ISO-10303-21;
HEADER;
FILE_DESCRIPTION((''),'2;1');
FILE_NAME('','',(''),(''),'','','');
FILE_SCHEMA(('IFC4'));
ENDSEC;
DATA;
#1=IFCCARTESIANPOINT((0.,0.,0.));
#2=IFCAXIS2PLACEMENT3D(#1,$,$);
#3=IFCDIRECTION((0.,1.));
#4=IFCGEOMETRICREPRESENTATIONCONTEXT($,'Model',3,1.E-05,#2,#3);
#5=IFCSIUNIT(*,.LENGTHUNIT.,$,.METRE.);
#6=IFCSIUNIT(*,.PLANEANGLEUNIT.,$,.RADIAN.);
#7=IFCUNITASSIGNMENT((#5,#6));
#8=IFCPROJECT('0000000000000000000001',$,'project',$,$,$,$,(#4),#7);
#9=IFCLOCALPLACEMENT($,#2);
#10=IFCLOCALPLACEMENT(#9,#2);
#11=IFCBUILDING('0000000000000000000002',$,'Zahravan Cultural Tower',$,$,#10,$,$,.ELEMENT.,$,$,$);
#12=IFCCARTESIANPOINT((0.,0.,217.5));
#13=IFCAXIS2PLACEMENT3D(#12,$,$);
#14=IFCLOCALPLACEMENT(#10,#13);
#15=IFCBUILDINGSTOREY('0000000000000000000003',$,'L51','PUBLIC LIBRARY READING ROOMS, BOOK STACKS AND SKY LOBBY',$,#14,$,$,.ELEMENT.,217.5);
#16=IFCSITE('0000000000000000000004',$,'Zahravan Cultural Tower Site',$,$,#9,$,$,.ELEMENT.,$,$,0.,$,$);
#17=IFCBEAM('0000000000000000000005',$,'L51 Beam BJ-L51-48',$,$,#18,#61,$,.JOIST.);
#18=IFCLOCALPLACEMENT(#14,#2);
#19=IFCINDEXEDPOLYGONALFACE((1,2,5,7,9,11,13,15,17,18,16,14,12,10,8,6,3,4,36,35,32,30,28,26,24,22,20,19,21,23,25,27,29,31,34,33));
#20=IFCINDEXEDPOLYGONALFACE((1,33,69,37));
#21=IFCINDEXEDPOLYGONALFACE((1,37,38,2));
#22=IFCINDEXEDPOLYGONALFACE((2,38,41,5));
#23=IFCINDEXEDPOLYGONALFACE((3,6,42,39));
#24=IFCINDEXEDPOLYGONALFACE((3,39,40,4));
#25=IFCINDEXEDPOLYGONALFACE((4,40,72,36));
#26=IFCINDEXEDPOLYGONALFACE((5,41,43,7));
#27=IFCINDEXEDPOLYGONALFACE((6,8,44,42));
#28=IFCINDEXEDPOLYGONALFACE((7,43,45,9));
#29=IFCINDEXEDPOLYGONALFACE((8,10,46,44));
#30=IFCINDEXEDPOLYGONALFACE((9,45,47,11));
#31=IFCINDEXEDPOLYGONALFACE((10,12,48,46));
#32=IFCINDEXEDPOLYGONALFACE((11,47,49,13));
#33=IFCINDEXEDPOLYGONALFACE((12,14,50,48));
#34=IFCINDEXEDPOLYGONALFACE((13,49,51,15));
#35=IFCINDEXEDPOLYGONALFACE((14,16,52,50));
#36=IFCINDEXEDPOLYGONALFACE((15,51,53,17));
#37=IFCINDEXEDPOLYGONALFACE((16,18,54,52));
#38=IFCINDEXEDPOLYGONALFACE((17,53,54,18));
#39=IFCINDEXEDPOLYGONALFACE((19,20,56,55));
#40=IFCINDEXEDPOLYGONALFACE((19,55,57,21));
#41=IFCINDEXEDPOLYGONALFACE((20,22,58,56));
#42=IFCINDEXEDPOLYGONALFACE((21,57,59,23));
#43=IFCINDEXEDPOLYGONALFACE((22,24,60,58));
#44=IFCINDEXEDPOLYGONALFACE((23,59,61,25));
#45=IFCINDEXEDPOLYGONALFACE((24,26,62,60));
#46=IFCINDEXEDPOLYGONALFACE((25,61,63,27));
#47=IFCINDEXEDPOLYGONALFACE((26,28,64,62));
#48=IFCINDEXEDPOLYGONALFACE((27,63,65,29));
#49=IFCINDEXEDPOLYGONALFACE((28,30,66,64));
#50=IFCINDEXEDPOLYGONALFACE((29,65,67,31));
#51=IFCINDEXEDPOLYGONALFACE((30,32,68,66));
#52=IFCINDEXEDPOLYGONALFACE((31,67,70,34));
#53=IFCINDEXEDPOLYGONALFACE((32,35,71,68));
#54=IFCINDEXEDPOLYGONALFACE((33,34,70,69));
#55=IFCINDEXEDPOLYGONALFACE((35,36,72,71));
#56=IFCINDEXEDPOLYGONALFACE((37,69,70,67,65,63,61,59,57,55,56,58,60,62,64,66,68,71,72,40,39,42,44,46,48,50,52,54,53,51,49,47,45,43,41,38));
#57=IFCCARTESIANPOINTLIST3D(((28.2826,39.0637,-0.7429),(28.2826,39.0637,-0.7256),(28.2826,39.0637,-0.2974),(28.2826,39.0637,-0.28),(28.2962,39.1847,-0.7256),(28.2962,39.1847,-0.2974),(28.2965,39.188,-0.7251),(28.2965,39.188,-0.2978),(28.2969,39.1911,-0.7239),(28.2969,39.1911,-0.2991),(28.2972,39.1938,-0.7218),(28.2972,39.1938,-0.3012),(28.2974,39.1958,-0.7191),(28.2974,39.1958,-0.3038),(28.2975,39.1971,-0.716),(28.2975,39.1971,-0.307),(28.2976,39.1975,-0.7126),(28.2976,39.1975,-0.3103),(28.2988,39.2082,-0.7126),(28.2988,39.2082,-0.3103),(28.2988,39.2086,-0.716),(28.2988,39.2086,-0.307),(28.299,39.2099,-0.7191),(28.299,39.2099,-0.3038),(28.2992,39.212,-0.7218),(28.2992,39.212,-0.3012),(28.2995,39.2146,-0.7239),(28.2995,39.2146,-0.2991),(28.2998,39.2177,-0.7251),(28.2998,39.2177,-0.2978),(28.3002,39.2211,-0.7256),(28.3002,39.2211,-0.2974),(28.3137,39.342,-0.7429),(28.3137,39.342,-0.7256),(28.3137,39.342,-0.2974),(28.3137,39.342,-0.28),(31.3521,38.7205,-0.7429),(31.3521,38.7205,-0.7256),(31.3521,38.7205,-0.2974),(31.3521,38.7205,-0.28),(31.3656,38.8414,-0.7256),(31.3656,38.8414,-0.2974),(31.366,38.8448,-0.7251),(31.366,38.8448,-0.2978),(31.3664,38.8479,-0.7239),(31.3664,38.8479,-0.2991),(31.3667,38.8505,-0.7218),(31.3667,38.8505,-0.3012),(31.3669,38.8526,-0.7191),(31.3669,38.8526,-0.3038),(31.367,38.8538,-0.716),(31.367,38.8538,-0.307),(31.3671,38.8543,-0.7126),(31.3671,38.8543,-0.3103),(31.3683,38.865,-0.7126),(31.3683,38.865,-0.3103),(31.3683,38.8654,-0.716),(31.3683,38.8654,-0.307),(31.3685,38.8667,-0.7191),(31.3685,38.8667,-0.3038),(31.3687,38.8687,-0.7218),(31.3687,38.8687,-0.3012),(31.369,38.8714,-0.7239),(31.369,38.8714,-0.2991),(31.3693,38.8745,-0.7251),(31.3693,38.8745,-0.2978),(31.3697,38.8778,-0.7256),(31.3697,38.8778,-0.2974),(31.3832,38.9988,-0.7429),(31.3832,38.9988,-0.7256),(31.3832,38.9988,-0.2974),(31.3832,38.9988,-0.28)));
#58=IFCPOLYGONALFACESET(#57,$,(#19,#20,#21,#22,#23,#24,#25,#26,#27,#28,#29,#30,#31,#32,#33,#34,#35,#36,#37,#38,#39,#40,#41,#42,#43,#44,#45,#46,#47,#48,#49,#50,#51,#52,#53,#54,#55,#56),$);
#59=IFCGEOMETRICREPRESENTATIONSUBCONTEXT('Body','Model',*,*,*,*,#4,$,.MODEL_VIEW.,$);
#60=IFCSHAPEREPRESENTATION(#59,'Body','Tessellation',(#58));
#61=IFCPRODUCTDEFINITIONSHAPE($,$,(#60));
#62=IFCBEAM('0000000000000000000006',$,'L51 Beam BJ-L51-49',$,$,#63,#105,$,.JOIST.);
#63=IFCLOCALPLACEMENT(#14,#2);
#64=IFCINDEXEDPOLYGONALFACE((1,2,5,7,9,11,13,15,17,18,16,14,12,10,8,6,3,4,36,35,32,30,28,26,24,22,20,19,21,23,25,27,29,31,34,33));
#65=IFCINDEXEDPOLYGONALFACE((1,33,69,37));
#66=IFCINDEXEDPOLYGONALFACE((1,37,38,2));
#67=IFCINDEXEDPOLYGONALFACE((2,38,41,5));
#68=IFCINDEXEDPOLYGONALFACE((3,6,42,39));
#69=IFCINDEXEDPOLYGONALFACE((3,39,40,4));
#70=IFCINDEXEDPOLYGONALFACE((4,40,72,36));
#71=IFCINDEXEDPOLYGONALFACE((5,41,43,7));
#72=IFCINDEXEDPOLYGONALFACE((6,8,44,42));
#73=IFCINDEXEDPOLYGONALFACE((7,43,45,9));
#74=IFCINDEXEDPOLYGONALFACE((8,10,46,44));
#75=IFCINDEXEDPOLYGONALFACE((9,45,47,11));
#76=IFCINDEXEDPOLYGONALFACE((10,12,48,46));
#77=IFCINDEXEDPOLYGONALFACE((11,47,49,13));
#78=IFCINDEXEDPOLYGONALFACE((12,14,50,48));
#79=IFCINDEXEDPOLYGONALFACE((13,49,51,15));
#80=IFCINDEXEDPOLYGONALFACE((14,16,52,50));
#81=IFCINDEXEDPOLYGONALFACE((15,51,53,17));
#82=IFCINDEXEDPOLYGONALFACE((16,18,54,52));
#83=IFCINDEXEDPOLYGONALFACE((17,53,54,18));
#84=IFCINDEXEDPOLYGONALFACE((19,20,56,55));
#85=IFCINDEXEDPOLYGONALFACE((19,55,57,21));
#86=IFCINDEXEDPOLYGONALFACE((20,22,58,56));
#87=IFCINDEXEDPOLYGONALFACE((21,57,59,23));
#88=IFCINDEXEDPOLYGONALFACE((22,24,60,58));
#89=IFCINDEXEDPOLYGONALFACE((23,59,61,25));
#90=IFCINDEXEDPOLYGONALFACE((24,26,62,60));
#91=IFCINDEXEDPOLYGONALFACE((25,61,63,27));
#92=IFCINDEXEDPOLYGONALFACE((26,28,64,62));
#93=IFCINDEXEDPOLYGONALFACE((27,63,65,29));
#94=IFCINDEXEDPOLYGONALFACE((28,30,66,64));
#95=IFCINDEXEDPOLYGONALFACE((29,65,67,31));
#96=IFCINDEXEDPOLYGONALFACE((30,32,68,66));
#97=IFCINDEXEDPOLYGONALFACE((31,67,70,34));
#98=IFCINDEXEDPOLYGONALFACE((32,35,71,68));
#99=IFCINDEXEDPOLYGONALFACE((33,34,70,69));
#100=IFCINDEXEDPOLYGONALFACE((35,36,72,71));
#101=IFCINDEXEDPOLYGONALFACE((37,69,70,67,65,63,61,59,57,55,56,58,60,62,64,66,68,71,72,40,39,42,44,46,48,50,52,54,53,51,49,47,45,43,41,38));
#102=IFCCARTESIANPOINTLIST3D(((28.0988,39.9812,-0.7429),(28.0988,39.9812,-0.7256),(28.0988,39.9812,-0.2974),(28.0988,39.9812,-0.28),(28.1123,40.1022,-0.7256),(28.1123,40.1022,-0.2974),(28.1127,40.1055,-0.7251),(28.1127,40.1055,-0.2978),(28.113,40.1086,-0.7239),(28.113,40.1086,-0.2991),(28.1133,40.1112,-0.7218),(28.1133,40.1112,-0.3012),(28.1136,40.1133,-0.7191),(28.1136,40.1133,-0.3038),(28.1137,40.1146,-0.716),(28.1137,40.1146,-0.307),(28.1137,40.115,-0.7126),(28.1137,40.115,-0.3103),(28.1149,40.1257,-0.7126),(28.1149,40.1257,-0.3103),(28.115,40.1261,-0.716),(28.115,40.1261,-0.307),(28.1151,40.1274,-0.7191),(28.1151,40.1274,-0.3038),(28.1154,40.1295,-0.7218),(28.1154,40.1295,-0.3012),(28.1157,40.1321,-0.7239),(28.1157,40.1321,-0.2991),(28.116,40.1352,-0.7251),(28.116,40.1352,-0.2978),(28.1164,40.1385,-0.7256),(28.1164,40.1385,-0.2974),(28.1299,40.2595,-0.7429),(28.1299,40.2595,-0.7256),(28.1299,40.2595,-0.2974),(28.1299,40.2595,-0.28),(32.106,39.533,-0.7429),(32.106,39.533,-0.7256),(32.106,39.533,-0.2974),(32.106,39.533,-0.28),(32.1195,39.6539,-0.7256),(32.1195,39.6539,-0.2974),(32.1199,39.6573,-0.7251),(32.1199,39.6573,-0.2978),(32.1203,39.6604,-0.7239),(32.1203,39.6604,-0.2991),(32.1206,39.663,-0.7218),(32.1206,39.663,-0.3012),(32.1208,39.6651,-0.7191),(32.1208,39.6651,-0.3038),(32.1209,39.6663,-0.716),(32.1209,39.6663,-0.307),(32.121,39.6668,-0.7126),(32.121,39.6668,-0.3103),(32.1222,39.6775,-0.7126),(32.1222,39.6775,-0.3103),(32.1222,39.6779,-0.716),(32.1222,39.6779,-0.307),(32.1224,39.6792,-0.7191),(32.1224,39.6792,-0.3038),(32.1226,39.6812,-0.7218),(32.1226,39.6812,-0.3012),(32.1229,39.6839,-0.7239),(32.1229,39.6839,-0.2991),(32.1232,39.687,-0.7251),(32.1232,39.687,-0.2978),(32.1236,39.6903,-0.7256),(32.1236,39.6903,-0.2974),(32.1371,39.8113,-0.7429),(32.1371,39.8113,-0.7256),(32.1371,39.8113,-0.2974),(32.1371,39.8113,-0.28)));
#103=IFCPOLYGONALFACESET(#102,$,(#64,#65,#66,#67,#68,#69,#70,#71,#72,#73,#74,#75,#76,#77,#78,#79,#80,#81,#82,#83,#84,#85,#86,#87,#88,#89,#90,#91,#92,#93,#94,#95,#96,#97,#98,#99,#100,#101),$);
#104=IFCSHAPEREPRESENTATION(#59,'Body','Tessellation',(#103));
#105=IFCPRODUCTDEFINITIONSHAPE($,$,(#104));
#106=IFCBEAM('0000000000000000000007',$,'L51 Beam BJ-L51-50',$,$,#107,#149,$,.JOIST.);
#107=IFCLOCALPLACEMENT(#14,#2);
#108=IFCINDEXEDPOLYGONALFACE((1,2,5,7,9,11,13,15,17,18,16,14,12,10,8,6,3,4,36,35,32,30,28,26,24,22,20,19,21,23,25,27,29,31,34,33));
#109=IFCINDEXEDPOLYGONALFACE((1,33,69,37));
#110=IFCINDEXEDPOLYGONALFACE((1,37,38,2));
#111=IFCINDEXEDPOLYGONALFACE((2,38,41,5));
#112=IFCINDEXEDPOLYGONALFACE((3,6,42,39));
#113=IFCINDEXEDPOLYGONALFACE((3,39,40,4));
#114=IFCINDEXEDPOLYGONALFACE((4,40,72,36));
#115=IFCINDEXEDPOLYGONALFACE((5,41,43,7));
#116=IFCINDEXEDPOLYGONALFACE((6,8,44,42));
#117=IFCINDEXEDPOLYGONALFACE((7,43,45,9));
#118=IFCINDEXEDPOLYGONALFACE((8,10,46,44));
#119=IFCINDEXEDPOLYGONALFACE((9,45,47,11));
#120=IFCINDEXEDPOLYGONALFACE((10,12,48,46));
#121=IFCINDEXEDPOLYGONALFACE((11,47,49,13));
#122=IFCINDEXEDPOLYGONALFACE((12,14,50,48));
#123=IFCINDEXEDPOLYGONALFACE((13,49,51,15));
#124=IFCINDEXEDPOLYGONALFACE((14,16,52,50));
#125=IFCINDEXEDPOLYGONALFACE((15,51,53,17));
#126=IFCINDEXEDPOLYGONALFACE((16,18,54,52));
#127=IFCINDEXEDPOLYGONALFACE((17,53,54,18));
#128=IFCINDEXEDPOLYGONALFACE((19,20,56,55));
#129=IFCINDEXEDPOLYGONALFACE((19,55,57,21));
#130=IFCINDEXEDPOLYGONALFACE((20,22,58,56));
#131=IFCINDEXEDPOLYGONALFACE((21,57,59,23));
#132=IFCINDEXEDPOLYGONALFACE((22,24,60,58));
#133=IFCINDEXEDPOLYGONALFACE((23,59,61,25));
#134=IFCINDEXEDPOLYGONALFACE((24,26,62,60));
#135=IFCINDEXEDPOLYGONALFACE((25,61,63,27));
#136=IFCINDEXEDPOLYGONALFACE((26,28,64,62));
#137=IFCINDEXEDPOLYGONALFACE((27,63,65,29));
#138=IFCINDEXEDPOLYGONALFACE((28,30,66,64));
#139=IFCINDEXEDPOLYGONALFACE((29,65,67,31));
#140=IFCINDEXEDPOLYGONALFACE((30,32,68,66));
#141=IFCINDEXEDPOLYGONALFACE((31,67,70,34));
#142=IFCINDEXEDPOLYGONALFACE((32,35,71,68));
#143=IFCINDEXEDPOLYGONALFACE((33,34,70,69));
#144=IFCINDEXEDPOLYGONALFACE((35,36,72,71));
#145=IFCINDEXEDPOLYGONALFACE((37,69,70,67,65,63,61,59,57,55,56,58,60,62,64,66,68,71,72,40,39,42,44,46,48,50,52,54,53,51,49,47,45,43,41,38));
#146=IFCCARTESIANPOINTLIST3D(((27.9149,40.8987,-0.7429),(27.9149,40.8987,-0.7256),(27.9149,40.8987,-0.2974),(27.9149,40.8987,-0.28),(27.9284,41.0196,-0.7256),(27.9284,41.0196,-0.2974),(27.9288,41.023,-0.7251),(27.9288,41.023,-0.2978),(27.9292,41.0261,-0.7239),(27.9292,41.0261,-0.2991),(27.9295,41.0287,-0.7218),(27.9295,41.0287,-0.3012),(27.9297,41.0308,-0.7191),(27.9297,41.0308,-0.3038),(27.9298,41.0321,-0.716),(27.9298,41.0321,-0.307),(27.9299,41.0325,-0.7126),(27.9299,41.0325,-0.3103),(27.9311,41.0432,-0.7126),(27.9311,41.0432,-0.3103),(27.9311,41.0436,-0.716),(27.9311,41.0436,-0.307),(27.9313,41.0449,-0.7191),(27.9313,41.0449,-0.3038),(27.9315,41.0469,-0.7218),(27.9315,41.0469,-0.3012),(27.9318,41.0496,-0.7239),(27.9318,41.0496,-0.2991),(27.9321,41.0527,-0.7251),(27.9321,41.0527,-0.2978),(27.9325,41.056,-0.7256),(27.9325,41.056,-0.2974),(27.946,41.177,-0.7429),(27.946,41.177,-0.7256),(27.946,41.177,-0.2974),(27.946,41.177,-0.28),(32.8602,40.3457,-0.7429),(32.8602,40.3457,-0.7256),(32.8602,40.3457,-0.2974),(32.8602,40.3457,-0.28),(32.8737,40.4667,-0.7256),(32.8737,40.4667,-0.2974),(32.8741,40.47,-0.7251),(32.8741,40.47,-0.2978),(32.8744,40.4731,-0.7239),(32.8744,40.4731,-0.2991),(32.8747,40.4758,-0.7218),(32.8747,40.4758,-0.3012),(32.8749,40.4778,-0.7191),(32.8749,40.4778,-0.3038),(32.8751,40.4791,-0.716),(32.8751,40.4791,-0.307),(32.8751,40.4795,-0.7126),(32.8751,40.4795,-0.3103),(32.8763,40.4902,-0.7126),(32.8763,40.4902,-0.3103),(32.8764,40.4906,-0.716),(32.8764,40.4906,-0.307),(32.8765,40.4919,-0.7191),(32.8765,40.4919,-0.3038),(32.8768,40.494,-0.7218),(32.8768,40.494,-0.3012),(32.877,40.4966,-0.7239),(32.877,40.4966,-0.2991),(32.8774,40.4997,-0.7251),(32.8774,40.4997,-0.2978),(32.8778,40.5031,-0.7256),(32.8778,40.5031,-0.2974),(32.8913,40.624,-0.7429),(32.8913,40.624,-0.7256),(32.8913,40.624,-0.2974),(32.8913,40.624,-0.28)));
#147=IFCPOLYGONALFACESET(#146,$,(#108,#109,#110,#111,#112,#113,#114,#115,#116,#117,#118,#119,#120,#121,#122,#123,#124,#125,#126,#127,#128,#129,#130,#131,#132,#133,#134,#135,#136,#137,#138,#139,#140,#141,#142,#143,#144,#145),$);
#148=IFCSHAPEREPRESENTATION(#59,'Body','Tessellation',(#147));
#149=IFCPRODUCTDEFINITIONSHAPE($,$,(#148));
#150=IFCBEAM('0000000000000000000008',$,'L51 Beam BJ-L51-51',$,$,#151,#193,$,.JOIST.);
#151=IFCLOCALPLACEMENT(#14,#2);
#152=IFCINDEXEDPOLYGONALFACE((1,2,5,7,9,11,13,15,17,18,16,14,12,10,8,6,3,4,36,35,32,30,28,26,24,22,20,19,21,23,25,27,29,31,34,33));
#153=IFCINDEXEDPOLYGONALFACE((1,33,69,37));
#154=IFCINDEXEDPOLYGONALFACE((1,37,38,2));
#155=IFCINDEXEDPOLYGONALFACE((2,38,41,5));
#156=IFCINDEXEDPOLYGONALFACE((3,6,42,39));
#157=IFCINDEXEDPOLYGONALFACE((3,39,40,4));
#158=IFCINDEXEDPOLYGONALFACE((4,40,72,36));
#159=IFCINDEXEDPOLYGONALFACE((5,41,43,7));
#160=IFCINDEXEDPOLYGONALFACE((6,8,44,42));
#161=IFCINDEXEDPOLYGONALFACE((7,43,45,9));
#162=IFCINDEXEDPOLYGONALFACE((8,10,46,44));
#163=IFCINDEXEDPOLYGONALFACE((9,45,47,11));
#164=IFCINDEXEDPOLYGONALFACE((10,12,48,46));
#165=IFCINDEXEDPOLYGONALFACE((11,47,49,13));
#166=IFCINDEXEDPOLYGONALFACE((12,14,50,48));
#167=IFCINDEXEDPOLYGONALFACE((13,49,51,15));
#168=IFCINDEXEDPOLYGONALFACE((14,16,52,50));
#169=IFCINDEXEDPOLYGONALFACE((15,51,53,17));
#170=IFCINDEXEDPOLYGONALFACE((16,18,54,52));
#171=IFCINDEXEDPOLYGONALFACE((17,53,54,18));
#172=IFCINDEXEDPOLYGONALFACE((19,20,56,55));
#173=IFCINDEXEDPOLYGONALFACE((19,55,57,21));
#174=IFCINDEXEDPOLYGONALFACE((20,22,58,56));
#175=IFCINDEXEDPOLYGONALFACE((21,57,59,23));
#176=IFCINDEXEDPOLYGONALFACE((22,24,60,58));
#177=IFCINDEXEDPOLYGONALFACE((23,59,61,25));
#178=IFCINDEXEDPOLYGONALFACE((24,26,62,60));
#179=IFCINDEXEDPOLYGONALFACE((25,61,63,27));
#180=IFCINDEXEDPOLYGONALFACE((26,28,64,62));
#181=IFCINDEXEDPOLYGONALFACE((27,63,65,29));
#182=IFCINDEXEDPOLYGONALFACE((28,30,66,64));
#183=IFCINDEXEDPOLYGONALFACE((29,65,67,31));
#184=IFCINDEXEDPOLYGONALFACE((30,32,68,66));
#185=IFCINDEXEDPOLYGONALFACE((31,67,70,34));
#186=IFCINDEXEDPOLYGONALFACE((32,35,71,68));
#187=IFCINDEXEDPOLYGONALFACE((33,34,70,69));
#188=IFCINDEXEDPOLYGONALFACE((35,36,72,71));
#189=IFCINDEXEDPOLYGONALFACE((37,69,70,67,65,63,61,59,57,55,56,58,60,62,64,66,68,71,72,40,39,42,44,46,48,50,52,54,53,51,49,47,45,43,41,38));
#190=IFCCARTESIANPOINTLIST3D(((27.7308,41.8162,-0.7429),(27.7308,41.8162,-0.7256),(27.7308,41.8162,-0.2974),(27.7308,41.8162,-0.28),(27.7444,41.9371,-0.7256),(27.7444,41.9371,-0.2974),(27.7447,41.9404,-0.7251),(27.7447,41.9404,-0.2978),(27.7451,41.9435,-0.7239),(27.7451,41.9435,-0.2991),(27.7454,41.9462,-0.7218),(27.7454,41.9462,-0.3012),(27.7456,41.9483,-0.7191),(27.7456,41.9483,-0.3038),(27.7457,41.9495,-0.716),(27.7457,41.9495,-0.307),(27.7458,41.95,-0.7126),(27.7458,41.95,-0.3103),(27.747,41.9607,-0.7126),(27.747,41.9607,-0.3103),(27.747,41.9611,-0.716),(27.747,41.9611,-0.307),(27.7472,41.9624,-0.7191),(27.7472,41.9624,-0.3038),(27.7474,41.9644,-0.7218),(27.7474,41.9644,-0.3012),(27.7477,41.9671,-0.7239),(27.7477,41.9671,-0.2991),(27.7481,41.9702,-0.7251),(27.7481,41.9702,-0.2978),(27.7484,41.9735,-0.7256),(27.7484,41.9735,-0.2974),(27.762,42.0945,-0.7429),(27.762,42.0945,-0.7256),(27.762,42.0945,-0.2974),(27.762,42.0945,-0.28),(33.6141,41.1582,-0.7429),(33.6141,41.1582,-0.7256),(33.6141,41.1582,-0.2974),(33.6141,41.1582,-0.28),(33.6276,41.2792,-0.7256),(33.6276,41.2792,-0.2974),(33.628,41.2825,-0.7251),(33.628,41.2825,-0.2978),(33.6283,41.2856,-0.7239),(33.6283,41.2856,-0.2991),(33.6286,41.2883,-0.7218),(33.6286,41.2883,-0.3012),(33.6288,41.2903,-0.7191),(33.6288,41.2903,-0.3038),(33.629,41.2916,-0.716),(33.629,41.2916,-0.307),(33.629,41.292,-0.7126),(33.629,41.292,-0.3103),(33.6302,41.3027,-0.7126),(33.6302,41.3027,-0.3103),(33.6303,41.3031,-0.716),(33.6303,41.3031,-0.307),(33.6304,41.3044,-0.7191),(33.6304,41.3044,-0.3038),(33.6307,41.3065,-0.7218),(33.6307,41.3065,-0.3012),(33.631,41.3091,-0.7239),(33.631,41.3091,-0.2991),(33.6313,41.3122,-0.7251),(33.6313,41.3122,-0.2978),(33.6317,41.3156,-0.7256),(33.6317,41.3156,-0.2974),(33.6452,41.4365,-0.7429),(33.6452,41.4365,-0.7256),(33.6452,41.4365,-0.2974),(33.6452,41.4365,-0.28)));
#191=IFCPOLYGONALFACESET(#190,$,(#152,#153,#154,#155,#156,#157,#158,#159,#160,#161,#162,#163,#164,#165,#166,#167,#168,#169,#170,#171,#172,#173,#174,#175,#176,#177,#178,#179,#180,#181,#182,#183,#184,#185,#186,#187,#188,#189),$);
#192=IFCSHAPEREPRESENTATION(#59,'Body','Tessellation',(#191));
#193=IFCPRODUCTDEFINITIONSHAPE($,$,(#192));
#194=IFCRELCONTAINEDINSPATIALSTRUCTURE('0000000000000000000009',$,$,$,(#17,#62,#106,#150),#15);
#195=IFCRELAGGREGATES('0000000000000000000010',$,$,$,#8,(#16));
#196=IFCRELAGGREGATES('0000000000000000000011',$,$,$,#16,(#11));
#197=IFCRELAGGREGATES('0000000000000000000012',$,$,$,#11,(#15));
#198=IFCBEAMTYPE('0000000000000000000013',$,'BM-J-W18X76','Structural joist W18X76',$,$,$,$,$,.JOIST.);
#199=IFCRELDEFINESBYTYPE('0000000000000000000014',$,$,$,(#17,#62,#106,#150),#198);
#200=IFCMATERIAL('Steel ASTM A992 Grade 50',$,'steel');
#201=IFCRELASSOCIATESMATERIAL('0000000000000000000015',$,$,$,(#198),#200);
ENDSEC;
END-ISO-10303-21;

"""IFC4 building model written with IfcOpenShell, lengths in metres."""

from ifc_helpers import new_model, si_unit, direction, frame, origin, origin_2d, place, context, subcontext, project, spatial, i_section, extrude, source, transform, mapped, material, material_profile, profile_set, type_object, element, save


model = new_model("IFC4")

# Units and contexts
model_context = context("Model", 3, precision=1e-05, world=origin(), true_north=direction((0.0, 1.0)))
body_context = subcontext(model_context, "Body", "Model", "MODEL_VIEW")
ifc_project = project(units=[si_unit("LENGTHUNIT", "METRE"), si_unit("PLANEANGLEUNIT", "RADIAN")], contexts=[model_context])

# Site, building, storey
site_placement = place(None, origin())
site = spatial("IfcSite", under=ifc_project, at=site_placement, Name="Zahravan Cultural Tower Site", CompositionType="ELEMENT", RefElevation=0.0)
building_placement = place(site_placement, origin())
building = spatial("IfcBuilding", under=site, at=building_placement, Name="Zahravan Cultural Tower", CompositionType="ELEMENT")
storey_placement = place(building_placement, frame((0.0, 0.0, 217.5)))
storey = spatial("IfcBuildingStorey", under=building, at=storey_placement, Name="L51", Description="PUBLIC LIBRARY READING ROOMS, BOOK STACKS AND SKY LOBBY", CompositionType="ELEMENT", Elevation=217.5)

# Shared definitions
ifc_material_1 = material(Name="Steel ASTM A992 Grade 50", Category="steel")

# Beams
ifc_material_profile_1 = material_profile(ifc_material_1, i_section(OverallWidth=0.28, OverallDepth=0.4629, WebThickness=0.0107, FlangeThickness=0.0173, FilletRadius=0.0129, at=origin_2d()), Name="W18X76")
ifc_profile_set_1 = profile_set([ifc_material_profile_1], Name="Steel ASTM A992 Grade 50")
beam_type_1 = type_object("IfcBeamType", Name="BM-J-W18X76", Description="Structural joist W18X76", PredefinedType="JOIST", material=ifc_profile_set_1)
shared_shape_1 = source(origin(), body_context, "Body", "SweptSolid", [
    extrude(i_section(OverallWidth=0.28, OverallDepth=0.4629, WebThickness=0.0107, FlangeThickness=0.0173, FilletRadius=0.0129, at=origin_2d()), origin(), (0.0, 0.0, 1.0), 3.0886),
])
beam_1_placement = place(storey_placement, frame((31.3677, 38.8596, -0.5115), z_axis=(-0.993805, 0.111134, 0.0), x_axis=(-0.111134, -0.993805, 0.0)))
element("IfcBeam", 1, at=beam_1_placement, inside=storey, type_object=beam_type_1, Name="L51 Beam BJ-L51-48", PredefinedType="JOIST", context=body_context, shape_type="MappedRepresentation", body=[
    mapped(shared_shape_1, transform((0.0, 0.0, 0.0), x_axis=(1.0, 0.0, 0.0), y_axis=(0.0, 1.0, 0.0), z_axis=(0.0, 0.0, 1.0), scale=1.0)),
])
shared_shape_2 = source(origin(), body_context, "Body", "SweptSolid", [
    extrude(i_section(OverallWidth=0.28, OverallDepth=0.4629, WebThickness=0.0107, FlangeThickness=0.0173, FilletRadius=0.0129, at=origin_2d()), origin(), (0.0, 0.0, 1.0), 4.0322),
])
beam_2_placement = place(storey_placement, frame((32.1216, 39.6721, -0.5115), z_axis=(-0.993802, 0.111162, 0.0), x_axis=(-0.111162, -0.993802, 0.0)))
element("IfcBeam", 2, at=beam_2_placement, inside=storey, type_object=beam_type_1, Name="L51 Beam BJ-L51-49", PredefinedType="JOIST", context=body_context, shape_type="MappedRepresentation", body=[
    mapped(shared_shape_2, transform((0.0, 0.0, 0.0), x_axis=(1.0, 0.0, 0.0), y_axis=(0.0, 1.0, 0.0), z_axis=(0.0, 0.0, 1.0), scale=1.0)),
])
shared_shape_3 = source(origin(), body_context, "Body", "SweptSolid", [
    extrude(i_section(OverallWidth=0.28, OverallDepth=0.4629, WebThickness=0.0107, FlangeThickness=0.0173, FilletRadius=0.0129, at=origin_2d()), origin(), (0.0, 0.0, 1.0), 4.9761),
])
beam_3_placement = place(storey_placement, frame((32.8757, 40.4849, -0.5115), z_axis=(-0.993806, 0.111126, 0.0), x_axis=(-0.111126, -0.993806, 0.0)))
element("IfcBeam", 3, at=beam_3_placement, inside=storey, type_object=beam_type_1, Name="L51 Beam BJ-L51-50", PredefinedType="JOIST", context=body_context, shape_type="MappedRepresentation", body=[
    mapped(shared_shape_3, transform((0.0, 0.0, 0.0), x_axis=(1.0, 0.0, 0.0), y_axis=(0.0, 1.0, 0.0), z_axis=(0.0, 0.0, 1.0), scale=1.0)),
])
shared_shape_4 = source(origin(), body_context, "Body", "SweptSolid", [
    extrude(i_section(OverallWidth=0.28, OverallDepth=0.4629, WebThickness=0.0107, FlangeThickness=0.0173, FilletRadius=0.0129, at=origin_2d()), origin(), (0.0, 0.0, 1.0), 5.9199),
])
beam_4_placement = place(storey_placement, frame((33.6296, 41.2974, -0.5115), z_axis=(-0.993805, 0.111142, 0.0), x_axis=(-0.111142, -0.993805, 0.0)))
element("IfcBeam", 4, at=beam_4_placement, inside=storey, type_object=beam_type_1, Name="L51 Beam BJ-L51-51", PredefinedType="JOIST", context=body_context, shape_type="MappedRepresentation", body=[
    mapped(shared_shape_4, transform((0.0, 0.0, 0.0), x_axis=(1.0, 0.0, 0.0), y_axis=(0.0, 1.0, 0.0), z_axis=(0.0, 0.0, 1.0), scale=1.0)),
])

save(model, "model.ifc")
